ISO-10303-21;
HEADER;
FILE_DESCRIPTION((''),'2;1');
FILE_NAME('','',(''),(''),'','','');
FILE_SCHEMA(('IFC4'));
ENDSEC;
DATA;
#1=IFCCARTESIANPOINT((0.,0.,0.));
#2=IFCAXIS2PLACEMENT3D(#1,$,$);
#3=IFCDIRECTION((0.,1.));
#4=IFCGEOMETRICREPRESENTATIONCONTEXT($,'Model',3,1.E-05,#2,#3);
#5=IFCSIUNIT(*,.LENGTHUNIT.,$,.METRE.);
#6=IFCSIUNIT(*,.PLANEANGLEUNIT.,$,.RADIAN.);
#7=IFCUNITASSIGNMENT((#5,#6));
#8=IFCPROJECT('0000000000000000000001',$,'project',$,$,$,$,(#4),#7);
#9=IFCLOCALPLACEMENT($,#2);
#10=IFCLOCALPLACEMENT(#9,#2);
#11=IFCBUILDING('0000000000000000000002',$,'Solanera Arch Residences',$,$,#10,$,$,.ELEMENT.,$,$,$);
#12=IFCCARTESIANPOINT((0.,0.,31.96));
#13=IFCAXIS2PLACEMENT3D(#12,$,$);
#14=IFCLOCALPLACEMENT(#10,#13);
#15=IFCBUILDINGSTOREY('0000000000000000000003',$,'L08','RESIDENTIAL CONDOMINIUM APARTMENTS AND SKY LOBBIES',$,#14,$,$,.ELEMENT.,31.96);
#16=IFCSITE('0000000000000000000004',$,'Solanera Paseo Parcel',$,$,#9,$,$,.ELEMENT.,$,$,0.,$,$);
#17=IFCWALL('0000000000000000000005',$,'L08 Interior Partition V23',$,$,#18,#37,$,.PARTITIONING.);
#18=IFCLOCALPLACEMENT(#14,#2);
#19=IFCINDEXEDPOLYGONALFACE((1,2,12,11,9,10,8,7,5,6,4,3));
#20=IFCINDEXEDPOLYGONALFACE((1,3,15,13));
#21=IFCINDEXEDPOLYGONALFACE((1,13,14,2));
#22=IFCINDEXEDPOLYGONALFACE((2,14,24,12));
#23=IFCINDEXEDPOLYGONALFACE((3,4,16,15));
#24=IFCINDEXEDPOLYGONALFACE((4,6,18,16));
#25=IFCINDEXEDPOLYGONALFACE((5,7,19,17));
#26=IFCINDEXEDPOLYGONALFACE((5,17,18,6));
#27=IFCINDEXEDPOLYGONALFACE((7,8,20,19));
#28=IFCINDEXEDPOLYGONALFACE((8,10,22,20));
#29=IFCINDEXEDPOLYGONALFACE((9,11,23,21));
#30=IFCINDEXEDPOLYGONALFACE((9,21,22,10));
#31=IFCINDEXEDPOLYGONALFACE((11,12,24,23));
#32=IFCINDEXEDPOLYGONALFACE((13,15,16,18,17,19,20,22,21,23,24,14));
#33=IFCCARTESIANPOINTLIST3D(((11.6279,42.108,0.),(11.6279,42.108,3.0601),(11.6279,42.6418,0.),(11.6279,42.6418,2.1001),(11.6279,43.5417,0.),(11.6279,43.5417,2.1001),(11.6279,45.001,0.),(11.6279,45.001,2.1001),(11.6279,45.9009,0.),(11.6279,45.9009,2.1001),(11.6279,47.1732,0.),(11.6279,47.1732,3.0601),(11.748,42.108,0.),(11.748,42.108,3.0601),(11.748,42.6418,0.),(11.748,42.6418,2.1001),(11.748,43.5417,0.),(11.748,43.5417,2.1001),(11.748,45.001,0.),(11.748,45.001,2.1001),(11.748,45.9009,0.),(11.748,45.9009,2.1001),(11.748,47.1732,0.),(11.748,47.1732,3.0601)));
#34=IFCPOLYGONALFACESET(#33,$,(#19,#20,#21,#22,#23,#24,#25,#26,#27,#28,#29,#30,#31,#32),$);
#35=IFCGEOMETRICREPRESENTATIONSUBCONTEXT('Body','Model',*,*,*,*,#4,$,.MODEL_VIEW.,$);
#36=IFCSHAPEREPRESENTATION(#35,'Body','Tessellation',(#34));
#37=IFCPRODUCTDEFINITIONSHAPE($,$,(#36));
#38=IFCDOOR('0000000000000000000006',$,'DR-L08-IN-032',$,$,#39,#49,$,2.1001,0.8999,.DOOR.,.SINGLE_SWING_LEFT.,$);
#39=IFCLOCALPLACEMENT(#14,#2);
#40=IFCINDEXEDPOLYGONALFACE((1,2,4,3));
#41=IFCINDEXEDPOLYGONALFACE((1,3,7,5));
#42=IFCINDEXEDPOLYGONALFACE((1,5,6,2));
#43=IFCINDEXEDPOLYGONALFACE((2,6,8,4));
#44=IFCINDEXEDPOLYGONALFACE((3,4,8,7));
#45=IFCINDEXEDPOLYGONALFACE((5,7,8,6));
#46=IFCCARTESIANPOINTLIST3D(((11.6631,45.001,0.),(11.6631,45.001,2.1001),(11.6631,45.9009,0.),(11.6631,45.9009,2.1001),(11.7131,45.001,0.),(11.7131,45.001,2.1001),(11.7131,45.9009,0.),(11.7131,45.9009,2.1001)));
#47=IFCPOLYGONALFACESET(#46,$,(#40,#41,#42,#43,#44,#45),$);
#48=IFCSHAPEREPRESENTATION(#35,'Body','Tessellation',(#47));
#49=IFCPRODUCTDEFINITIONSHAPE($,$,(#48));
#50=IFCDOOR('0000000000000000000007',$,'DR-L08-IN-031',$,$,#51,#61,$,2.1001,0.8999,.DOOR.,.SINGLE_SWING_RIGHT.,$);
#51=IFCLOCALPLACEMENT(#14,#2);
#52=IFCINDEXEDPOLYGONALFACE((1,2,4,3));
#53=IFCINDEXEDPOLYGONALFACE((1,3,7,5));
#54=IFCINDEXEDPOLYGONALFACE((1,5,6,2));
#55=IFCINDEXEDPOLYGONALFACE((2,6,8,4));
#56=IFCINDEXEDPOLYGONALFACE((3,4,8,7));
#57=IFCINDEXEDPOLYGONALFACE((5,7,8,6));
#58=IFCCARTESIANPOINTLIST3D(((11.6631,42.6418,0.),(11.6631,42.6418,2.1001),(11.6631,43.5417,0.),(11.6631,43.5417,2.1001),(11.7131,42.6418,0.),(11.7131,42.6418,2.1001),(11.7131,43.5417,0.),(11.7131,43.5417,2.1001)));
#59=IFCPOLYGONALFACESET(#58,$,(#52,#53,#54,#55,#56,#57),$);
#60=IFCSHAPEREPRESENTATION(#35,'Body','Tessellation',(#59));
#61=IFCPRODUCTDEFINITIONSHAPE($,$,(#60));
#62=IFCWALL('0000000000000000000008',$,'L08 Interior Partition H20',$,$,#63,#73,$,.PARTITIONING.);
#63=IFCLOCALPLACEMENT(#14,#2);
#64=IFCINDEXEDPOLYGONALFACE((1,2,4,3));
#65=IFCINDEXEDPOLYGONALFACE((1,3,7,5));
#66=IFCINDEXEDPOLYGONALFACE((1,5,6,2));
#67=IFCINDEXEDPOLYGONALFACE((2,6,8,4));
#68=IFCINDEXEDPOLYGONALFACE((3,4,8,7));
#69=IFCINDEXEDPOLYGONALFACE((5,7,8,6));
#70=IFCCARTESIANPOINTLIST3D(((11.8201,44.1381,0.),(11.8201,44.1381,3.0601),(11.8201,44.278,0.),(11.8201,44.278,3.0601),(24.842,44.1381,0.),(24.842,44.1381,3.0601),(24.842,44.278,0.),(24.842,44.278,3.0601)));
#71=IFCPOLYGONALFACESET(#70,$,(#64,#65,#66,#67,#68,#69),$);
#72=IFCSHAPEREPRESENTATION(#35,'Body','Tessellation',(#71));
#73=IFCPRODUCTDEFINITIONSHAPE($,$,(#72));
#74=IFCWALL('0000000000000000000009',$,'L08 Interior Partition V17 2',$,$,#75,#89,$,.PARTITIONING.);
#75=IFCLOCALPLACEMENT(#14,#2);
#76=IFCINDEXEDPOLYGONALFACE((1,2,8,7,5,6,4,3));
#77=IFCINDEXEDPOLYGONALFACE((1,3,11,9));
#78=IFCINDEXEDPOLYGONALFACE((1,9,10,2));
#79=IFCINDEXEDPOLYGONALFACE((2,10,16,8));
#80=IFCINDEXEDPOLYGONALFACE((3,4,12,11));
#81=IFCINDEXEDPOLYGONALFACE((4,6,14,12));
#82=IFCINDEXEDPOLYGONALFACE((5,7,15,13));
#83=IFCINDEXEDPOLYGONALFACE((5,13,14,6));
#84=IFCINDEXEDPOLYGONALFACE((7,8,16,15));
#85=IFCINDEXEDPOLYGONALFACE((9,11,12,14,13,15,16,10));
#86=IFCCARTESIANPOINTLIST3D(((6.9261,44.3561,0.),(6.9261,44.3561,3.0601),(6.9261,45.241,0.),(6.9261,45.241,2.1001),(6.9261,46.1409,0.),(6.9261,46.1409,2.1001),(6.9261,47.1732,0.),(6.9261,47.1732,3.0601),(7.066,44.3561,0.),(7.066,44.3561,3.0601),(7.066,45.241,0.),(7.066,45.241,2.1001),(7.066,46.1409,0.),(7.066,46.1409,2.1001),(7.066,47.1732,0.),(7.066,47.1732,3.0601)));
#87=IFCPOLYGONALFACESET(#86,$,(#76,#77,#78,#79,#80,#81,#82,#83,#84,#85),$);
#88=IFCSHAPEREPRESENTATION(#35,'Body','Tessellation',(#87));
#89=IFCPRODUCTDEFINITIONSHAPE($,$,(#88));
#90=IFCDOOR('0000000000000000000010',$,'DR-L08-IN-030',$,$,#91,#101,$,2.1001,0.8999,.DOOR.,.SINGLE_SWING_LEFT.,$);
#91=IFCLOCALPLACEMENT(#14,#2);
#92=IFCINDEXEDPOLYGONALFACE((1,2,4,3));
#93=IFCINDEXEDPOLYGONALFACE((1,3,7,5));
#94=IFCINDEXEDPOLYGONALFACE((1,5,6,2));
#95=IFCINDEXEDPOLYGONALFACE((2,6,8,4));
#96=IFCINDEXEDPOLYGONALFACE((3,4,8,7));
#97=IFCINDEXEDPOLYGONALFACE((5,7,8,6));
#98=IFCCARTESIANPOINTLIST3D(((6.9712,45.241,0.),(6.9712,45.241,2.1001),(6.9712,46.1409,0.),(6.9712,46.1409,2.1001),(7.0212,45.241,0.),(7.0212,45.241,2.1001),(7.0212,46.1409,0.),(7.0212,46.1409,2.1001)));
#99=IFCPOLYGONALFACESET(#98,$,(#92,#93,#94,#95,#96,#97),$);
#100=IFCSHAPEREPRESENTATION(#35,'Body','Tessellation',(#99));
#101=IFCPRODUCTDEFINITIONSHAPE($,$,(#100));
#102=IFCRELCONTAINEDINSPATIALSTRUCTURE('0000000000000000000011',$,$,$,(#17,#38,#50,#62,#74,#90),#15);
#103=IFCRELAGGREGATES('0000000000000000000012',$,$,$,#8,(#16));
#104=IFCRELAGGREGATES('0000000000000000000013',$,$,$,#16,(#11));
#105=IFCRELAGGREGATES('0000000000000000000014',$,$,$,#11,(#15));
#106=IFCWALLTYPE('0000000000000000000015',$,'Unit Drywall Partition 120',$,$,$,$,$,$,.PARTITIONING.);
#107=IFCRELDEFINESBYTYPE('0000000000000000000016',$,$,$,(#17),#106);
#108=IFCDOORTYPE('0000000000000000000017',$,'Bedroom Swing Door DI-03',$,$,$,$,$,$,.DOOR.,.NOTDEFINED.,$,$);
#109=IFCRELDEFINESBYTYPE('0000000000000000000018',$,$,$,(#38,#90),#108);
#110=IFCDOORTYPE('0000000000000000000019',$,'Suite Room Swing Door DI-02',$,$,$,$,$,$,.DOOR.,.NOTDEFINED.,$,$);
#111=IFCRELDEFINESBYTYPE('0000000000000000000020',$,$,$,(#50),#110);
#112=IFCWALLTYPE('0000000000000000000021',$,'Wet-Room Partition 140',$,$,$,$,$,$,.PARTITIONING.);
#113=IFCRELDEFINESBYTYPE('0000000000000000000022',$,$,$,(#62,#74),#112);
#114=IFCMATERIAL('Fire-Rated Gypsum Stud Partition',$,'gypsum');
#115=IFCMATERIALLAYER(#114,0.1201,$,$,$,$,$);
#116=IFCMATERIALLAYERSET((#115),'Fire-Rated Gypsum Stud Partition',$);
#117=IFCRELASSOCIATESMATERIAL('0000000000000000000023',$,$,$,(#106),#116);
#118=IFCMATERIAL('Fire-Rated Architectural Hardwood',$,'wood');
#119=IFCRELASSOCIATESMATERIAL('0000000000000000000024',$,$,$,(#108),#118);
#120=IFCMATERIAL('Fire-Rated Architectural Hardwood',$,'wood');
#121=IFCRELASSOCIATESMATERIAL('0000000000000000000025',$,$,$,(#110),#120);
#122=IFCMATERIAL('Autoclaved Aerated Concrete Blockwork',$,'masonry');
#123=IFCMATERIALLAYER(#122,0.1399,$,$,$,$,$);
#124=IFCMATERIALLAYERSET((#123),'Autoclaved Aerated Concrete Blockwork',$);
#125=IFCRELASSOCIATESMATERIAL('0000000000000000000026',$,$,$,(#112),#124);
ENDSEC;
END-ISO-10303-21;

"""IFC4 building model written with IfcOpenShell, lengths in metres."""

from ifc_helpers import new_model, si_unit, direction, frame, frame_2d, origin, place, context, subcontext, project, spatial, rectangle, extrude, material, layer, layer_set, type_object, element, fill, save


model = new_model("IFC4")

# Units and contexts
model_context = context("Model", 3, precision=1e-05, world=origin(), true_north=direction((0.0, 1.0)))
body_context = subcontext(model_context, "Body", "Model", "MODEL_VIEW")
ifc_project = project(units=[si_unit("LENGTHUNIT", "METRE"), si_unit("PLANEANGLEUNIT", "RADIAN")], contexts=[model_context])

# Site, building, storey
site_placement = place(None, origin())
site = spatial("IfcSite", under=ifc_project, at=site_placement, Name="Solanera Paseo Parcel", CompositionType="ELEMENT", RefElevation=0.0)
building_placement = place(site_placement, origin())
building = spatial("IfcBuilding", under=site, at=building_placement, Name="Solanera Arch Residences", CompositionType="ELEMENT")
storey_placement = place(building_placement, frame((0.0, 0.0, 31.96)))
storey = spatial("IfcBuildingStorey", under=building, at=storey_placement, Name="L08", Description="RESIDENTIAL CONDOMINIUM APARTMENTS AND SKY LOBBIES", CompositionType="ELEMENT", Elevation=31.96)

# Wall, openings, doors
ifc_material_1 = material(Name="Fire-Rated Gypsum Stud Partition", Category="gypsum")
ifc_layer_1 = layer(ifc_material_1, 0.1201)
ifc_layer_set_1 = layer_set([ifc_layer_1], Name="Fire-Rated Gypsum Stud Partition")
wall_type_1 = type_object("IfcWallType", Name="Unit Drywall Partition 120", PredefinedType="PARTITIONING", material=ifc_layer_set_1)
wall_1_placement = place(storey_placement, frame((11.688, 42.1079, 0.0), z_axis=(0.0, 0.0, 1.0), x_axis=(0.0, 1.0, 0.0)))
wall_1 = element("IfcWall", 1, at=wall_1_placement, inside=storey, type_object=wall_type_1, Name="L08 Interior Partition V23", PredefinedType="PARTITIONING", context=body_context, shape_type="SweptSolid", body=[
    extrude(rectangle(XDim=5.0652, YDim=0.1201, at=frame_2d((2.5327, 0.0))), origin(), (0.0, 0.0, 1.0), 3.0601),
])
opening_1_placement = place(wall_1_placement, frame((0.5339, 0.0, 0.0)))
opening_1 = element("IfcOpeningElement", 2, at=opening_1_placement, cuts=wall_1, PredefinedType="OPENING", context=body_context, shape_type="SweptSolid", body=[
    extrude(rectangle(XDim=0.8999, YDim=2.1001, at=frame_2d((0.45, 1.05))), frame((0.0, 0.0701, 0.0), z_axis=(0.0, -1.0, 0.0), x_axis=(1.0, 0.0, 0.0)), (0.0, 0.0, 1.0), 0.1401),
])
opening_2_placement = place(wall_1_placement, frame((2.8931, 0.0, 0.0)))
opening_2 = element("IfcOpeningElement", 3, at=opening_2_placement, cuts=wall_1, PredefinedType="OPENING", context=body_context, shape_type="SweptSolid", body=[
    extrude(rectangle(XDim=0.8999, YDim=2.1001, at=frame_2d((0.45, 1.05))), frame((0.0, 0.0701, 0.0), z_axis=(0.0, -1.0, 0.0), x_axis=(1.0, 0.0, 0.0)), (0.0, 0.0, 1.0), 0.1401),
])
ifc_material_2 = material(Name="Fire-Rated Architectural Hardwood", Category="wood")
door_type_1 = type_object("IfcDoorType", Name="Bedroom Swing Door DI-03", OperationType="NOTDEFINED", PredefinedType="DOOR", material=ifc_material_2)
door_1_placement = place(opening_2_placement, origin())
door_1 = element("IfcDoor", 4, at=door_1_placement, inside=storey, type_object=door_type_1, Name="DR-L08-IN-032", OperationType="SINGLE_SWING_LEFT", OverallHeight=2.1001, OverallWidth=0.8999, PredefinedType="DOOR", context=body_context, shape_type="SweptSolid", body=[
    extrude(rectangle(XDim=0.8999, YDim=2.1001, at=frame_2d((0.45, 1.05))), frame((0.0, 0.0249, 0.0), z_axis=(0.0, -1.0, 0.0), x_axis=(1.0, 0.0, 0.0)), (0.0, 0.0, 1.0), 0.05),
])
fill(opening_2, door_1)
ifc_material_3 = material(Name="Fire-Rated Architectural Hardwood", Category="wood")
door_type_2 = type_object("IfcDoorType", Name="Suite Room Swing Door DI-02", OperationType="NOTDEFINED", PredefinedType="DOOR", material=ifc_material_3)
door_2_placement = place(opening_1_placement, origin())
door_2 = element("IfcDoor", 5, at=door_2_placement, inside=storey, type_object=door_type_2, Name="DR-L08-IN-031", OperationType="SINGLE_SWING_RIGHT", OverallHeight=2.1001, OverallWidth=0.8999, PredefinedType="DOOR", context=body_context, shape_type="SweptSolid", body=[
    extrude(rectangle(XDim=0.8999, YDim=2.1001, at=frame_2d((0.45, 1.05))), frame((0.0, 0.0249, 0.0), z_axis=(0.0, -1.0, 0.0), x_axis=(1.0, 0.0, 0.0)), (0.0, 0.0, 1.0), 0.05),
])
fill(opening_1, door_2)

# Wall
ifc_material_4 = material(Name="Autoclaved Aerated Concrete Blockwork", Category="masonry")
ifc_layer_2 = layer(ifc_material_4, 0.1399)
ifc_layer_set_2 = layer_set([ifc_layer_2], Name="Autoclaved Aerated Concrete Blockwork")
wall_type_2 = type_object("IfcWallType", Name="Wet-Room Partition 140", PredefinedType="PARTITIONING", material=ifc_layer_set_2)
wall_2_placement = place(storey_placement, frame((11.8201, 44.208, 0.0), z_axis=(0.0, 0.0, 1.0), x_axis=(1.0, 0.0, 0.0)))
element("IfcWall", 6, at=wall_2_placement, inside=storey, type_object=wall_type_2, Name="L08 Interior Partition H20", PredefinedType="PARTITIONING", context=body_context, shape_type="SweptSolid", body=[
    extrude(rectangle(XDim=13.022, YDim=0.1399, at=frame_2d((6.511, 0.0))), origin(), (0.0, 0.0, 1.0), 3.0601),
])

# Wall, opening, door
wall_3_placement = place(storey_placement, frame((6.9961, 44.356, 0.0), z_axis=(0.0, 0.0, 1.0), x_axis=(0.0, 1.0, 0.0)))
wall_3 = element("IfcWall", 7, at=wall_3_placement, inside=storey, type_object=wall_type_2, Name="L08 Interior Partition V17 2", PredefinedType="PARTITIONING", context=body_context, shape_type="SweptSolid", body=[
    extrude(rectangle(XDim=2.8171, YDim=0.1399, at=frame_2d((1.4087, 0.0))), origin(), (0.0, 0.0, 1.0), 3.0601),
])
opening_3_placement = place(wall_3_placement, frame((0.885, 0.0, 0.0)))
opening_3 = element("IfcOpeningElement", 8, at=opening_3_placement, cuts=wall_3, PredefinedType="OPENING", context=body_context, shape_type="SweptSolid", body=[
    extrude(rectangle(XDim=0.8999, YDim=2.1001, at=frame_2d((0.45, 1.05))), frame((0.0, 0.0798, 0.0), z_axis=(0.0, -1.0, 0.0), x_axis=(1.0, 0.0, 0.0)), (0.0, 0.0, 1.0), 0.1599),
])
door_3_placement = place(opening_3_placement, origin())
door_3 = element("IfcDoor", 9, at=door_3_placement, inside=storey, type_object=door_type_1, Name="DR-L08-IN-030", OperationType="SINGLE_SWING_LEFT", OverallHeight=2.1001, OverallWidth=0.8999, PredefinedType="DOOR", context=body_context, shape_type="SweptSolid", body=[
    extrude(rectangle(XDim=0.8999, YDim=2.1001, at=frame_2d((0.45, 1.05))), frame((0.0, 0.0249, 0.0), z_axis=(0.0, -1.0, 0.0), x_axis=(1.0, 0.0, 0.0)), (0.0, 0.0, 1.0), 0.05),
])
fill(opening_3, door_3)

save(model, "model.ifc")
